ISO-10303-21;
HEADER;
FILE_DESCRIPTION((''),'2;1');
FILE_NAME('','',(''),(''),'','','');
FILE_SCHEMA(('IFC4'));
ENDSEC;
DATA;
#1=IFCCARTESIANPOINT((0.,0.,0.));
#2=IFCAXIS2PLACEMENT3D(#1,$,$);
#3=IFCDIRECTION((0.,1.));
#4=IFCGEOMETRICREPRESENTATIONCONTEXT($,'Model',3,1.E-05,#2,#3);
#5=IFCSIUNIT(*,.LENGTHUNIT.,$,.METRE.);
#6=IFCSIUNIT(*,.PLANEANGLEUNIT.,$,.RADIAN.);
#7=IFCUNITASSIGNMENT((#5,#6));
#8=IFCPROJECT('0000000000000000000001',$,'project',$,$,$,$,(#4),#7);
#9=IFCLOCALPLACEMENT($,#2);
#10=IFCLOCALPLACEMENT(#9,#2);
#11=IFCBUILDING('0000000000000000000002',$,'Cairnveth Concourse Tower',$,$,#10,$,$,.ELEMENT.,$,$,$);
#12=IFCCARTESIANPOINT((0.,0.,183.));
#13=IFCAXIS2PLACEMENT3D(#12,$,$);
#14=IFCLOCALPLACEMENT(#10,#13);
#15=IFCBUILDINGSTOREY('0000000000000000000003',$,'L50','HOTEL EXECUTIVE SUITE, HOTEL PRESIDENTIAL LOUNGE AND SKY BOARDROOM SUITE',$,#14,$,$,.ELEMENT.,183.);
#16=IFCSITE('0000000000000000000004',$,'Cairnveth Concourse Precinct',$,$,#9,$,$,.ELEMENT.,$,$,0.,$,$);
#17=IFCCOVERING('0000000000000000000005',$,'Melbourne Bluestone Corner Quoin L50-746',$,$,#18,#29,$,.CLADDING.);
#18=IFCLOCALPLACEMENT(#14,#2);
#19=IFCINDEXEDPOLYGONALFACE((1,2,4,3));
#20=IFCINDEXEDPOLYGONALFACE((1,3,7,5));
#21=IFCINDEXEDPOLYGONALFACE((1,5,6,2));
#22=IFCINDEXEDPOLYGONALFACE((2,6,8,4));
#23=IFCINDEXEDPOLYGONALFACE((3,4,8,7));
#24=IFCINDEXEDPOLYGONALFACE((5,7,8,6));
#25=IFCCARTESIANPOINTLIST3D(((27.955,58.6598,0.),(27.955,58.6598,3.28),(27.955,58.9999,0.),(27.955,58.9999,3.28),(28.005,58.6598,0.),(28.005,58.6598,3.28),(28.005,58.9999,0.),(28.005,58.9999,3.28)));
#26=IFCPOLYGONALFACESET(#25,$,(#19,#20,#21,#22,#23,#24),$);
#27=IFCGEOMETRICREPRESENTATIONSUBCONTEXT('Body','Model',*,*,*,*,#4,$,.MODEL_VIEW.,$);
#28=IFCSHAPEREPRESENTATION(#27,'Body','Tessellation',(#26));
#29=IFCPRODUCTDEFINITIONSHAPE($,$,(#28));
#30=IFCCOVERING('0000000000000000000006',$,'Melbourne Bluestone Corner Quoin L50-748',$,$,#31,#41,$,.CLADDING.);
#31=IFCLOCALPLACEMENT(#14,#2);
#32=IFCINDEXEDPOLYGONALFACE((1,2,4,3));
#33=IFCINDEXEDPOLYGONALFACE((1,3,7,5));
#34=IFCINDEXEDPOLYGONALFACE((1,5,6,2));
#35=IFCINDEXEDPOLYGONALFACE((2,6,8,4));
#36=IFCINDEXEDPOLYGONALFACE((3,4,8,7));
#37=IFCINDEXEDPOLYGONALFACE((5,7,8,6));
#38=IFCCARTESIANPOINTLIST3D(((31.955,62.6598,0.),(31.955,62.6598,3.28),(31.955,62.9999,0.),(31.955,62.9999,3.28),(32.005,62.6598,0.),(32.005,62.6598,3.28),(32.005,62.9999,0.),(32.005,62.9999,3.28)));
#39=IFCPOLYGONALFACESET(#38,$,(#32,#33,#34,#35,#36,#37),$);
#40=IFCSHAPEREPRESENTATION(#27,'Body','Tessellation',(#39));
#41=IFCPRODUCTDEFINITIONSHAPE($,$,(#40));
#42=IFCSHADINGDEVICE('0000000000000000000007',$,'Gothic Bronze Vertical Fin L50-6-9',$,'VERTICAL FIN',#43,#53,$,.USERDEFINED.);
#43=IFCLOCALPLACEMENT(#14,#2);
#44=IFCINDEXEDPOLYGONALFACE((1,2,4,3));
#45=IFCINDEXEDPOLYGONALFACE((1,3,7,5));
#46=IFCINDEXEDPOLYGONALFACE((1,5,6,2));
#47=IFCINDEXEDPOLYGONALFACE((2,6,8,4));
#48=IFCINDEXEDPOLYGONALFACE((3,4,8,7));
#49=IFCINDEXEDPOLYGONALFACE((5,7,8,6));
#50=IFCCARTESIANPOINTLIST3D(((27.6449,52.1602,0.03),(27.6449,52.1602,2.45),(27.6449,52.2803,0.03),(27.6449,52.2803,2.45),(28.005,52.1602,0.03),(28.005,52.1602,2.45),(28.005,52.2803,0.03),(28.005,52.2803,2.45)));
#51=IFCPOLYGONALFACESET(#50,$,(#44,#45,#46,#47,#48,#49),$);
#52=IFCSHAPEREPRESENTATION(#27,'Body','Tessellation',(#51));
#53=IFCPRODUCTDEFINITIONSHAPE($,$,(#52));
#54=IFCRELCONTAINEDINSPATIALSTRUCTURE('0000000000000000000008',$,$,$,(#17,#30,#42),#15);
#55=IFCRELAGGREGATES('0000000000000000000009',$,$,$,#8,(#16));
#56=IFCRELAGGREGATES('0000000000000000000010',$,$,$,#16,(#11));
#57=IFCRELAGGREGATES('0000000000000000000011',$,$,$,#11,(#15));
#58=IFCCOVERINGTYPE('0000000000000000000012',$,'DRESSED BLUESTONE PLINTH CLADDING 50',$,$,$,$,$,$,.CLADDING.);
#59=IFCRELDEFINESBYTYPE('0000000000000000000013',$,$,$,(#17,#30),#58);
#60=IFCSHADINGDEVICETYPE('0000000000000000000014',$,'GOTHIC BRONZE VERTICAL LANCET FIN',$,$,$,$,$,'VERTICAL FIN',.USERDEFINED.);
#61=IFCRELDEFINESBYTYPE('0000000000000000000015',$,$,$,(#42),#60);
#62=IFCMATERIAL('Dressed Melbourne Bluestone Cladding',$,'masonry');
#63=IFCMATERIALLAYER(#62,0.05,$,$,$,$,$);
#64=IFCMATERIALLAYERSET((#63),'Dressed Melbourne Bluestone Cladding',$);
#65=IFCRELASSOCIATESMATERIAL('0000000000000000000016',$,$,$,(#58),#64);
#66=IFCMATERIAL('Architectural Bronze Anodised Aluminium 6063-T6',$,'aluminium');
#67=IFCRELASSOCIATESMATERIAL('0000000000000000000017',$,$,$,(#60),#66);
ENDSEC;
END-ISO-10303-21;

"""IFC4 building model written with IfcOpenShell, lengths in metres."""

from ifc_helpers import new_model, si_unit, direction, frame, frame_2d, origin, origin_2d, place, context, subcontext, project, spatial, rectangle, extrude, material, layer, layer_set, type_object, element, save


model = new_model("IFC4")

# Units and contexts
model_context = context("Model", 3, precision=1e-05, world=origin(), true_north=direction((0.0, 1.0)))
body_context = subcontext(model_context, "Body", "Model", "MODEL_VIEW")
ifc_project = project(units=[si_unit("LENGTHUNIT", "METRE"), si_unit("PLANEANGLEUNIT", "RADIAN")], contexts=[model_context])

# Site, building, storey
site_placement = place(None, origin())
site = spatial("IfcSite", under=ifc_project, at=site_placement, Name="Cairnveth Concourse Precinct", CompositionType="ELEMENT", RefElevation=0.0)
building_placement = place(site_placement, origin())
building = spatial("IfcBuilding", under=site, at=building_placement, Name="Cairnveth Concourse Tower", CompositionType="ELEMENT")
storey_placement = place(building_placement, frame((0.0, 0.0, 183.0)))
storey = spatial("IfcBuildingStorey", under=building, at=storey_placement, Name="L50", Description="HOTEL EXECUTIVE SUITE, HOTEL PRESIDENTIAL LOUNGE AND SKY BOARDROOM SUITE", CompositionType="ELEMENT", Elevation=183.0)

# Coverings
ifc_material_1 = material(Name="Dressed Melbourne Bluestone Cladding", Category="masonry")
ifc_layer_1 = layer(ifc_material_1, 0.05)
ifc_layer_set_1 = layer_set([ifc_layer_1], Name="Dressed Melbourne Bluestone Cladding")
covering_type = type_object("IfcCoveringType", Name="DRESSED BLUESTONE PLINTH CLADDING 50", PredefinedType="CLADDING", material=ifc_layer_set_1)
for number, where, z_axis, x_axis, name in (
    (1, (27.98, 58.6599, 0.0), (0.0, 0.0, 1.0), (0.0, 1.0, 0.0), "Melbourne Bluestone Corner Quoin L50-746"),
    (2, (31.98, 62.6599, 0.0), (0.0, 0.0, 1.0), (0.0, 1.0, 0.0), "Melbourne Bluestone Corner Quoin L50-748"),
):
    element("IfcCovering", number, at=place(storey_placement, frame(where, z_axis=z_axis, x_axis=x_axis)), inside=storey, type_object=covering_type, Name=name, PredefinedType="CLADDING", context=body_context, shape_type="SweptSolid", body=[
        extrude(rectangle(XDim=0.3401, YDim=0.05, at=frame_2d((0.1699, 0.0))), origin(), (0.0, 0.0, 1.0), 3.28),
    ])

# Shading device
ifc_material_2 = material(Name="Architectural Bronze Anodised Aluminium 6063-T6", Category="aluminium")
shading_device_type = type_object("IfcShadingDeviceType", Name="GOTHIC BRONZE VERTICAL LANCET FIN", ElementType="VERTICAL FIN", PredefinedType="USERDEFINED", material=ifc_material_2)
shading_device_placement = place(storey_placement, frame((27.825, 52.2202, 0.03), z_axis=(0.0, 0.0, 1.0), x_axis=(0.0, 1.0, 0.0)))
element("IfcShadingDevice", 3, at=shading_device_placement, inside=storey, type_object=shading_device_type, Name="Gothic Bronze Vertical Fin L50-6-9", ObjectType="VERTICAL FIN", PredefinedType="USERDEFINED", context=body_context, shape_type="SweptSolid", body=[
    extrude(rectangle(XDim=0.1201, YDim=0.3601, at=origin_2d()), origin(), (0.0, 0.0, 1.0), 2.4199),
])

save(model, "model.ifc")
